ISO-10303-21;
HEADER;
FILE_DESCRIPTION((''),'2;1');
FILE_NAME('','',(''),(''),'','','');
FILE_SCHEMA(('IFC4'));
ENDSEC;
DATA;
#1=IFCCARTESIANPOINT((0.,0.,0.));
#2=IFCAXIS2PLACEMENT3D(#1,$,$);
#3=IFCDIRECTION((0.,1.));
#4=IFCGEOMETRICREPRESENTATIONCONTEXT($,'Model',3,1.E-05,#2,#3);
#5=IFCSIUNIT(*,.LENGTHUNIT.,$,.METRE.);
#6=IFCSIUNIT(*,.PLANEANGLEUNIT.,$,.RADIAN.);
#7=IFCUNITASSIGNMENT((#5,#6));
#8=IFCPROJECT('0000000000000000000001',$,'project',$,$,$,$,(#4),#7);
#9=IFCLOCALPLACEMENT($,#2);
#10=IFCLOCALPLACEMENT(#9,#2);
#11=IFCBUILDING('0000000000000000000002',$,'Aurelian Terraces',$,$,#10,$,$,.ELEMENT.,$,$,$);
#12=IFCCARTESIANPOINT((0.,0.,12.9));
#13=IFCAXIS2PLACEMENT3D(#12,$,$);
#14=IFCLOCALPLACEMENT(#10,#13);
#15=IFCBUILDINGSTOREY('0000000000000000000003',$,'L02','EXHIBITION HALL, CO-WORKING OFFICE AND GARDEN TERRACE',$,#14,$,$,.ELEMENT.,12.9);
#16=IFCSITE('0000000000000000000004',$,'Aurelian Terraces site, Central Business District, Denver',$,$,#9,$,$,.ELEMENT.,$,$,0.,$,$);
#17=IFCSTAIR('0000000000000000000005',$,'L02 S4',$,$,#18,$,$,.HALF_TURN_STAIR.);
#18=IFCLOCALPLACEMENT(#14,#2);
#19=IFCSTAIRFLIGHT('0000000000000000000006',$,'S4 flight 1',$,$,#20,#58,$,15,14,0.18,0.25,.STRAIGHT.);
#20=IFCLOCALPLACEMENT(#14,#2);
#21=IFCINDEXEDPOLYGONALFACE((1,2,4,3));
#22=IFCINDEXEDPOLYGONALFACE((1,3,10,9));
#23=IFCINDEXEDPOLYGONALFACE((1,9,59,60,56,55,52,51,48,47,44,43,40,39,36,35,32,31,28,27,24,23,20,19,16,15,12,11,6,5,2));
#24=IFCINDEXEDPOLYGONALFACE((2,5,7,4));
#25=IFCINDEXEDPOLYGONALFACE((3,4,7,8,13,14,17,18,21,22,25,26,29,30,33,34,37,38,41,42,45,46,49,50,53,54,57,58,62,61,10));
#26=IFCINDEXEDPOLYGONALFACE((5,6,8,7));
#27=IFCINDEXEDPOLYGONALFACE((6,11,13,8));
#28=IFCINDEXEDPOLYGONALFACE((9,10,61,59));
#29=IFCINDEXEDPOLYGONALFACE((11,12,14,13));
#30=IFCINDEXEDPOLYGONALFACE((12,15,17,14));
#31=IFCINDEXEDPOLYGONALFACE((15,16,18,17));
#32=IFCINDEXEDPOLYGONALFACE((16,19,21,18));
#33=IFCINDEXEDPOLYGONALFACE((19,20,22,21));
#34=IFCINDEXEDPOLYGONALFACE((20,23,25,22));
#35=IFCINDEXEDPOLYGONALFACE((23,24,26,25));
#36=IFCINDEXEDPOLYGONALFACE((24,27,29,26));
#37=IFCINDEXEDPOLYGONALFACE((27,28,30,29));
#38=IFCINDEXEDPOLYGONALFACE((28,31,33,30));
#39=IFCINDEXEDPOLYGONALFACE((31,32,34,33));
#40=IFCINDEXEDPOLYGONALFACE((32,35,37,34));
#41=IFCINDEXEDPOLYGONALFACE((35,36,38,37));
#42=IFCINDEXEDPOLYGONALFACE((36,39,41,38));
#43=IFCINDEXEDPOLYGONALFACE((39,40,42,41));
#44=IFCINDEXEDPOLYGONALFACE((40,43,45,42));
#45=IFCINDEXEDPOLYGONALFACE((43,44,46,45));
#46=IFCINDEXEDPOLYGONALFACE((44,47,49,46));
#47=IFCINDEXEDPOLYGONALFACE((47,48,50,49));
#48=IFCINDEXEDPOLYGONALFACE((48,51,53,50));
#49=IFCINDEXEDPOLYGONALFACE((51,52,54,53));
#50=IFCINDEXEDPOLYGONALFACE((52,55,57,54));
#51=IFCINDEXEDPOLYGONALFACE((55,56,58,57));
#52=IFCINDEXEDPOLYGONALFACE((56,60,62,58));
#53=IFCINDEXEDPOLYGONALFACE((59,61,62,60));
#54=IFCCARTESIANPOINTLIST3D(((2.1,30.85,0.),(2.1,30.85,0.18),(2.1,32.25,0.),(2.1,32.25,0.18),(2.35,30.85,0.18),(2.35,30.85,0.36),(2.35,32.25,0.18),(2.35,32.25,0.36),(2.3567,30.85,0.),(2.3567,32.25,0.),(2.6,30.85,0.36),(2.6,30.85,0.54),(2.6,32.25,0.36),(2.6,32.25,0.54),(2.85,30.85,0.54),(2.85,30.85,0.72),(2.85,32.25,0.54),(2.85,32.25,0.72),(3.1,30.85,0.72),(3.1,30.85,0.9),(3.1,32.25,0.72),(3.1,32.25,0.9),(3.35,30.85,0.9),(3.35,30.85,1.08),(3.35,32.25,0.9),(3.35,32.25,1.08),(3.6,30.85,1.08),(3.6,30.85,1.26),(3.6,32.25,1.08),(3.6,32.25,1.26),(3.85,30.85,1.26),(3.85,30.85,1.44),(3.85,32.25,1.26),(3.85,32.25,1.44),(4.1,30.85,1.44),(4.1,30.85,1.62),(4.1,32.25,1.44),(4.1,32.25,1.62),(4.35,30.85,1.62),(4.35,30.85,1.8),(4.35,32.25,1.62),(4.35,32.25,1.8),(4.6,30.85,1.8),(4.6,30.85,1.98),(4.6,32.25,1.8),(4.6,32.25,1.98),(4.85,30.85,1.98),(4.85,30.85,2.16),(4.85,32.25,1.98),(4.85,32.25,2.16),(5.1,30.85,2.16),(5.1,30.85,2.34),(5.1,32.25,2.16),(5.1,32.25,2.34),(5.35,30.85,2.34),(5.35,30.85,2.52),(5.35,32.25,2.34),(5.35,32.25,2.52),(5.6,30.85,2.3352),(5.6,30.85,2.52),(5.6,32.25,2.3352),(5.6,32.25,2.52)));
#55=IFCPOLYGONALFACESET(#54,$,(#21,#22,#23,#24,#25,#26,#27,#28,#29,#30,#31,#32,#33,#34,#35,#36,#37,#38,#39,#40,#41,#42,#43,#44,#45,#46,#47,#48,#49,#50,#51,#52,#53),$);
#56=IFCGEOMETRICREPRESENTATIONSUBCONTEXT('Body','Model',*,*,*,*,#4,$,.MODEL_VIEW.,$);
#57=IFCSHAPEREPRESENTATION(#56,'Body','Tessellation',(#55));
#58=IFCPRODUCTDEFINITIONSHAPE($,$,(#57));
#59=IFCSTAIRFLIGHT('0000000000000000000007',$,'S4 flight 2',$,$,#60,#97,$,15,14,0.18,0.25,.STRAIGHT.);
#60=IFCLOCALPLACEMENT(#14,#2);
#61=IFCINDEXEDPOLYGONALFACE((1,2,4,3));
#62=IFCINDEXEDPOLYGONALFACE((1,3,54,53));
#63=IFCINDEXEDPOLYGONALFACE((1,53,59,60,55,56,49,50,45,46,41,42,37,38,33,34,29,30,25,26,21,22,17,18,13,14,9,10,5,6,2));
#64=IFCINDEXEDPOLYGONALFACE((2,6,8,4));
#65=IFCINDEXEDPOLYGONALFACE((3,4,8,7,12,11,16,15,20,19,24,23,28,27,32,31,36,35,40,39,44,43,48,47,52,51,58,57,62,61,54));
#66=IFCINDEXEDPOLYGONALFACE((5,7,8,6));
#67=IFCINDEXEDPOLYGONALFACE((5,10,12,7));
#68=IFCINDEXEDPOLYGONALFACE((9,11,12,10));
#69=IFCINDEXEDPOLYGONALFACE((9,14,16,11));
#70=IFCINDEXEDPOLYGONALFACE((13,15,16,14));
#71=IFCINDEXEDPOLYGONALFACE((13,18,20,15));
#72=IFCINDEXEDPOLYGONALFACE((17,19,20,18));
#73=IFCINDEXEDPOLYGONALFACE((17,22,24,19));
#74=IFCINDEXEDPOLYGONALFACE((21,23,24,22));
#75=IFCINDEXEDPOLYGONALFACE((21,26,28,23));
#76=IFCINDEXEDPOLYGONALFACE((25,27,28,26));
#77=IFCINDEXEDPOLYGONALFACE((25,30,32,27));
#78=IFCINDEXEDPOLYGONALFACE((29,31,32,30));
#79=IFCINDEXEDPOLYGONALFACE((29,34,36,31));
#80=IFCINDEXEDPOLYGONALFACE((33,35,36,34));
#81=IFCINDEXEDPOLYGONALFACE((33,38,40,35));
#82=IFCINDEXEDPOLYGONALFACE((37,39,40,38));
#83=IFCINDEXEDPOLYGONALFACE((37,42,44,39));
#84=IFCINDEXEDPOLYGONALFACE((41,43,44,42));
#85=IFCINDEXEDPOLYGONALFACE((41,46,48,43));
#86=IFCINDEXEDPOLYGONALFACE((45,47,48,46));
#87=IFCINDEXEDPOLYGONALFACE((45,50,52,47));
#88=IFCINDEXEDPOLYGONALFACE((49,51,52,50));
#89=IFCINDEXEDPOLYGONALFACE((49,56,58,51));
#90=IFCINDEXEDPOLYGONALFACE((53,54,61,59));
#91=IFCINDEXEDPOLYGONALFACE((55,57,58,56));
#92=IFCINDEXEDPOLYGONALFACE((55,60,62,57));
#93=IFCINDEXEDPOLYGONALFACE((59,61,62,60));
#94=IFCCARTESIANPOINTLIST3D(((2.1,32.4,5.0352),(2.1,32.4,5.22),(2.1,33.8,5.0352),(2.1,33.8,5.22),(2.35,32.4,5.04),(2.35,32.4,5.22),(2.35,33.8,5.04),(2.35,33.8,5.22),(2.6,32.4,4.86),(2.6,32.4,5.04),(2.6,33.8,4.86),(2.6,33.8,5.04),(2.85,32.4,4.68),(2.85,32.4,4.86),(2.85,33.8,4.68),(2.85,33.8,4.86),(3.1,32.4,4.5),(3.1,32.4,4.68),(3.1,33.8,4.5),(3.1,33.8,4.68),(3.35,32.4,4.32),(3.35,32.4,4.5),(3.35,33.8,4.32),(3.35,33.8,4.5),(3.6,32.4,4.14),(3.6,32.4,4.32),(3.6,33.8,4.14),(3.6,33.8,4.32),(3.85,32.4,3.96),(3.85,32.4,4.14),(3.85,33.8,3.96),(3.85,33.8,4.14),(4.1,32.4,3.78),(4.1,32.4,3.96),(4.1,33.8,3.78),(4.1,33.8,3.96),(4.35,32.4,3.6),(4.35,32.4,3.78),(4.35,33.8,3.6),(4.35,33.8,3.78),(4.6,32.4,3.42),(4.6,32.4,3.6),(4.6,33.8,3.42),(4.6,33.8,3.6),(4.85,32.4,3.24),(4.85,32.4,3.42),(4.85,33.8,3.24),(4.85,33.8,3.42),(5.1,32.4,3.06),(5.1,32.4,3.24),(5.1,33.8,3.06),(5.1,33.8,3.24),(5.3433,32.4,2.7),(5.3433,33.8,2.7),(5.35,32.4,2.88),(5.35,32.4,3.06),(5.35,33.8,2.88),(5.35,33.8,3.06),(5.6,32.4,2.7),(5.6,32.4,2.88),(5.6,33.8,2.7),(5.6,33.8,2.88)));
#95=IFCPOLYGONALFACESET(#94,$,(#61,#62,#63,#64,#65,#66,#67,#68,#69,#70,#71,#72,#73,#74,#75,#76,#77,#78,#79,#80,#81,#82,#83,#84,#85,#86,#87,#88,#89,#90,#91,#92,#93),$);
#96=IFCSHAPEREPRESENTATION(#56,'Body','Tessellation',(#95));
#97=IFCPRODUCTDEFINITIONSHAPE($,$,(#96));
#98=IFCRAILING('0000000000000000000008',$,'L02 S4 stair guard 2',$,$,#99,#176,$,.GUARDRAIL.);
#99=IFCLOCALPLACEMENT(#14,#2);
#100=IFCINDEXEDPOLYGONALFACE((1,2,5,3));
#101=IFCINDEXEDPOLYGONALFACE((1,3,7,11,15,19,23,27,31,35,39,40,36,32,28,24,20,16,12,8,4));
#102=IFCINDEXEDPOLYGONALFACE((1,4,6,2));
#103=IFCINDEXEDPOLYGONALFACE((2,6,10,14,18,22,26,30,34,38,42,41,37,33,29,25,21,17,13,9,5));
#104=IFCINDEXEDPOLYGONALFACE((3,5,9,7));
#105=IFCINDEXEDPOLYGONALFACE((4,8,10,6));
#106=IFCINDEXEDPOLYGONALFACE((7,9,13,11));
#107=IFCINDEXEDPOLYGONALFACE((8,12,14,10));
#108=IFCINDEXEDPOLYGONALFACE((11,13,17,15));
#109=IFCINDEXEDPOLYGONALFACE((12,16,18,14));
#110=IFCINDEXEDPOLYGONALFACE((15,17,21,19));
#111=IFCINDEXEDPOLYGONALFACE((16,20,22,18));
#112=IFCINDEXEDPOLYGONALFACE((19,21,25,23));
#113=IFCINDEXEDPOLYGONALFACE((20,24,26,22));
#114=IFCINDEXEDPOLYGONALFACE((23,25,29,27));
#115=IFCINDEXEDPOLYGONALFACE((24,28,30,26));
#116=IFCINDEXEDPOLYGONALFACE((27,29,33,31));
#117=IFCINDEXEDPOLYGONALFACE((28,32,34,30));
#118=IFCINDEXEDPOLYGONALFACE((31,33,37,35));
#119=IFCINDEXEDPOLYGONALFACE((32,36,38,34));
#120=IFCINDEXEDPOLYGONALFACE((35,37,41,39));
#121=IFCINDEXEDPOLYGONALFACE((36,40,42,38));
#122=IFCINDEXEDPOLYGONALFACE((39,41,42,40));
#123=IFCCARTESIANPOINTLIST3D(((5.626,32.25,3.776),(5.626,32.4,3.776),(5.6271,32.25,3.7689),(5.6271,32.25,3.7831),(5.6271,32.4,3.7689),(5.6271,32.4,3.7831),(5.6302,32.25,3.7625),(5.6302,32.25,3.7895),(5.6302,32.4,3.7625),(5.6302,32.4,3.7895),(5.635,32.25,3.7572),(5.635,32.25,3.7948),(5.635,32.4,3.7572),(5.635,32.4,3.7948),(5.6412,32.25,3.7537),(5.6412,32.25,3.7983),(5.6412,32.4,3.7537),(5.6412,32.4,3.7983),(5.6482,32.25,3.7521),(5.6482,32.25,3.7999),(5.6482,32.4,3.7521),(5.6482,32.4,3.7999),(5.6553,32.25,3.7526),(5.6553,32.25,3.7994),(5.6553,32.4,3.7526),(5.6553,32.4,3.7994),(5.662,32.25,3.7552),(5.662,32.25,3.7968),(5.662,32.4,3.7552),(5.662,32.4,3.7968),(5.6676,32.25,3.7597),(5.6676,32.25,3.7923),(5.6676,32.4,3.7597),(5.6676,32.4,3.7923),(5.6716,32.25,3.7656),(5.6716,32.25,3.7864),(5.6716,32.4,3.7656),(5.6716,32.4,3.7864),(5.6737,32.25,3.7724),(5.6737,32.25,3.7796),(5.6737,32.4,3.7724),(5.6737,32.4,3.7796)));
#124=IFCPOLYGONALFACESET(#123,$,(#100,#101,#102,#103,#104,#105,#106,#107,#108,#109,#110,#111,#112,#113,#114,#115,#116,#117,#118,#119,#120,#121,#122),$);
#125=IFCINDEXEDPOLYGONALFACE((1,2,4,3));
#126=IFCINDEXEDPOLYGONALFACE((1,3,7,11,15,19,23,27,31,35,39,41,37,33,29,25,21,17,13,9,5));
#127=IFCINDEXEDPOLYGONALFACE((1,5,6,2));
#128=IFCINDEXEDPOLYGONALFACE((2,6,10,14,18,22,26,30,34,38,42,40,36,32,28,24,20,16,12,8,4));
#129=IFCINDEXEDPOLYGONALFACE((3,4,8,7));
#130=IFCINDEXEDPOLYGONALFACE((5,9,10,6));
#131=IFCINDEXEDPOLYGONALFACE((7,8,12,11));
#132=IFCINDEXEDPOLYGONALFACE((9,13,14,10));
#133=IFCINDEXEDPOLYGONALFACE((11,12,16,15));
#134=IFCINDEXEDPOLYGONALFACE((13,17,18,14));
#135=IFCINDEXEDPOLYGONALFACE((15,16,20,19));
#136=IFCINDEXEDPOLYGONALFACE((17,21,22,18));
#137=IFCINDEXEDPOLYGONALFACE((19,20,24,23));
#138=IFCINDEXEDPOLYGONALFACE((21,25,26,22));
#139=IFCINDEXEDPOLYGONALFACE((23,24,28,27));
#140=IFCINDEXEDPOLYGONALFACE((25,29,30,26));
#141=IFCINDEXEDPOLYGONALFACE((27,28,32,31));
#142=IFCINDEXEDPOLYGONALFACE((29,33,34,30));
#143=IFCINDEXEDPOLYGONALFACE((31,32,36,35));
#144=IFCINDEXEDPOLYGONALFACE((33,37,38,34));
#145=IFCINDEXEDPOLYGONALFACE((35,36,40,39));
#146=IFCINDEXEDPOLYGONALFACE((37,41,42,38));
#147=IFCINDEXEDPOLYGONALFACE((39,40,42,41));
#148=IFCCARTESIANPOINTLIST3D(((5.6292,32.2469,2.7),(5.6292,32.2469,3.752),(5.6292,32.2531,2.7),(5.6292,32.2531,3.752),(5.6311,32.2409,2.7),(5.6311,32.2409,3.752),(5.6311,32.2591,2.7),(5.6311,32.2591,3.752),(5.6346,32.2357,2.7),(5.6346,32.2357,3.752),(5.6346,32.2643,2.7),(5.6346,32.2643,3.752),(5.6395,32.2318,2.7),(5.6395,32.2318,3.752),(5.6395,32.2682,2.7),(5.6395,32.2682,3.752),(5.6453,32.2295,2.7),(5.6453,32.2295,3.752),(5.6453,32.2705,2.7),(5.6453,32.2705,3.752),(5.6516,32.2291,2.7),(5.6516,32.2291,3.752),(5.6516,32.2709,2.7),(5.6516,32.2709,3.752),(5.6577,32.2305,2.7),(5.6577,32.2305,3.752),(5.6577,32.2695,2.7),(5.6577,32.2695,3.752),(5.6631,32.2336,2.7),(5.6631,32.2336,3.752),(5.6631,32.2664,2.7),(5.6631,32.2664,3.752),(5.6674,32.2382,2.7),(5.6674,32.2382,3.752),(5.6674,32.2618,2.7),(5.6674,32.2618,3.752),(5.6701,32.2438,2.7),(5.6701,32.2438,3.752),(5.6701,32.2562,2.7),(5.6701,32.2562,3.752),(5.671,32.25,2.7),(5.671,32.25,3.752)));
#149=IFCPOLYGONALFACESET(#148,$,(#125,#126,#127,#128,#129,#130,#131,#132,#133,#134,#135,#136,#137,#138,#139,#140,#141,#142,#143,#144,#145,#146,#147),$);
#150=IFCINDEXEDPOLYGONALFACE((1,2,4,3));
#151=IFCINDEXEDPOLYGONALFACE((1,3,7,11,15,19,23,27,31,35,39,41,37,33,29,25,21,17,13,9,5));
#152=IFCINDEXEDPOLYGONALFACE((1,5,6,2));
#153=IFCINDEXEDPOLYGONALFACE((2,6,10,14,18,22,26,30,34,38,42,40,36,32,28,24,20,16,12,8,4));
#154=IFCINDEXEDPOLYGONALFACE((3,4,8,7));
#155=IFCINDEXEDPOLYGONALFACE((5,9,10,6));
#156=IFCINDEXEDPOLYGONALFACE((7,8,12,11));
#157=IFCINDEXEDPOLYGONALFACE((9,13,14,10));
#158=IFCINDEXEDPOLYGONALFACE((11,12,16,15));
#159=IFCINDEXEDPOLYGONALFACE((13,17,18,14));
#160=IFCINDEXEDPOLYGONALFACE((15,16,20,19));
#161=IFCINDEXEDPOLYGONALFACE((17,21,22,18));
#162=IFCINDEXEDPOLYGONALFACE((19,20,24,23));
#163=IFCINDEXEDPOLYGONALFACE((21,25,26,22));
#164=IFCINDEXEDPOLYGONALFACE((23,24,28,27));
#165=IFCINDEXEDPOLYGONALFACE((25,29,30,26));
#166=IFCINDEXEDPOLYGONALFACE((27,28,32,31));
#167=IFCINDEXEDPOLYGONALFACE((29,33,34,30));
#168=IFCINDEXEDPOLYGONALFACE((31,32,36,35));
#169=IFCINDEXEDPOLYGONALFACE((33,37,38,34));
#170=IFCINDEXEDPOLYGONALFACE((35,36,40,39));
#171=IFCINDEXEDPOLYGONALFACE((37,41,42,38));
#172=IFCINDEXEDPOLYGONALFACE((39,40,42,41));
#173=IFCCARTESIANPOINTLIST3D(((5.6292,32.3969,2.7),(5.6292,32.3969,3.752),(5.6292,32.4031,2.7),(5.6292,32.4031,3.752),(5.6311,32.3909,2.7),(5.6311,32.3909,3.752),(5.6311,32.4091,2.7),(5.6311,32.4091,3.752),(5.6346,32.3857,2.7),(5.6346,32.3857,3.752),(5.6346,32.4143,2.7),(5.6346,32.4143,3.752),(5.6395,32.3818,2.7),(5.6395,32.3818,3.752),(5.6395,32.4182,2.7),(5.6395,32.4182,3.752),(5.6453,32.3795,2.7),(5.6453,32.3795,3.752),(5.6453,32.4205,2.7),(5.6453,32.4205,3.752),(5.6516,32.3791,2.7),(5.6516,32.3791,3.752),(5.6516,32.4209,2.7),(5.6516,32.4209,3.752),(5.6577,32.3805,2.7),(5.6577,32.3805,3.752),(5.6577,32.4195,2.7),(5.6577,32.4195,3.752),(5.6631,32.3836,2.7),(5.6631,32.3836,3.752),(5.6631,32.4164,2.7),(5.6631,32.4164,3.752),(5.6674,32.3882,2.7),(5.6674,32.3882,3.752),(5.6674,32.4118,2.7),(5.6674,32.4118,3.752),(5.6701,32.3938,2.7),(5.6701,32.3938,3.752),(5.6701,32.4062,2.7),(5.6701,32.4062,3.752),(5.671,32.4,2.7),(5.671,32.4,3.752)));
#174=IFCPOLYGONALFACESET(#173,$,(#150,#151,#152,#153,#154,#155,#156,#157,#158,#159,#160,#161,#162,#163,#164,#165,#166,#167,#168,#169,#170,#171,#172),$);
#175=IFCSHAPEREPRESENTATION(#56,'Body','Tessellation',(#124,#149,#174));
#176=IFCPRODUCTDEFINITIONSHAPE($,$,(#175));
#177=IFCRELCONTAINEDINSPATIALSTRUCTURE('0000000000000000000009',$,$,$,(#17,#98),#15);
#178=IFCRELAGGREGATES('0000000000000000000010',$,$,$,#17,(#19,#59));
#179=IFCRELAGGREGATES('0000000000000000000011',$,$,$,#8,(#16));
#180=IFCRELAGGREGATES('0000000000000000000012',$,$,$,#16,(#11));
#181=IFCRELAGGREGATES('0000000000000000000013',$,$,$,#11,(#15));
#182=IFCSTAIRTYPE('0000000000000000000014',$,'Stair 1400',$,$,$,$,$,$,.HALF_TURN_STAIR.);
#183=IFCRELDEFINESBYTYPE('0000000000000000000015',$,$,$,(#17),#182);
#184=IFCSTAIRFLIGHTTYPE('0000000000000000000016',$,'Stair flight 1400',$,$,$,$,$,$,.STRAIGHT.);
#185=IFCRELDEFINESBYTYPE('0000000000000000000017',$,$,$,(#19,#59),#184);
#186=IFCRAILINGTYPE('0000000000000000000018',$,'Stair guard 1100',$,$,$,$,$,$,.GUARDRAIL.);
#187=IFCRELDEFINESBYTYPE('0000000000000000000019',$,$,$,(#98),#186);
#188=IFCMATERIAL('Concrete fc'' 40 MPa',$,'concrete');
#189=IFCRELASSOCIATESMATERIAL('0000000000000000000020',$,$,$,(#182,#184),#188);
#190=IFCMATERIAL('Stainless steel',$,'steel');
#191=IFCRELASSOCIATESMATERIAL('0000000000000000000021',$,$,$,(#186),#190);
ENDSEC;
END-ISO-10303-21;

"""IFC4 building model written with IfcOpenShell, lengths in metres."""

from ifc_helpers import new_model, si_unit, direction, frame, origin, origin_2d, place, context, subcontext, project, spatial, polyline, circle, outline, extrude, source, transform, mapped, material, type_object, element, aggregate, save


model = new_model("IFC4")

# Units and contexts
model_context = context("Model", 3, precision=1e-05, world=origin(), true_north=direction((0.0, 1.0)))
body_context = subcontext(model_context, "Body", "Model", "MODEL_VIEW")
ifc_project = project(units=[si_unit("LENGTHUNIT", "METRE"), si_unit("PLANEANGLEUNIT", "RADIAN")], contexts=[model_context])

# Site, building, storey
site_placement = place(None, origin())
site = spatial("IfcSite", under=ifc_project, at=site_placement, Name="Aurelian Terraces site, Central Business District, Denver", CompositionType="ELEMENT", RefElevation=0.0)
building_placement = place(site_placement, origin())
building = spatial("IfcBuilding", under=site, at=building_placement, Name="Aurelian Terraces", CompositionType="ELEMENT")
storey_placement = place(building_placement, frame((0.0, 0.0, 12.9)))
storey = spatial("IfcBuildingStorey", under=building, at=storey_placement, Name="L02", Description="EXHIBITION HALL, CO-WORKING OFFICE AND GARDEN TERRACE", CompositionType="ELEMENT", Elevation=12.9)

# Shared definitions
ifc_material_1 = material(Name="Concrete fc' 40 MPa", Category="concrete")

# Shared definitions
stair_type = type_object("IfcStairType", Name="Stair 1400", PredefinedType="HALF_TURN_STAIR", material=ifc_material_1)
stair_flight_type = type_object("IfcStairFlightType", Name="Stair flight 1400", PredefinedType="STRAIGHT", material=ifc_material_1)
shared_shape_1 = source(origin(), body_context, "Body", "SweptSolid", [
    extrude(outline(polyline([(0.0, 0.0), (0.0, 0.18), (0.25, 0.18), (0.25, 0.36), (0.5, 0.36), (0.5, 0.54), (0.75, 0.54), (0.75, 0.72), (1.0, 0.72), (1.0, 0.9), (1.25, 0.9), (1.25, 1.08), (1.5, 1.08), (1.5, 1.26), (1.75, 1.26), (1.75, 1.44), (2.0, 1.44), (2.0, 1.62), (2.25, 1.62), (2.25, 1.8), (2.5, 1.8), (2.5, 1.98), (2.75, 1.98), (2.75, 2.16), (3.0, 2.16), (3.0, 2.34), (3.25, 2.34), (3.25, 2.52), (3.5, 2.52), (3.5, 2.7), (3.5, 2.3352), (0.2567, 0.0), (0.0, 0.0)])), frame((0.0, 0.7, 0.0), z_axis=(0.0, -1.0, 0.0), x_axis=(1.0, 0.0, 0.0)), (0.0, 0.0, 1.0), 1.4),
])

# Stair, stair flights
stair_1_placement = place(storey_placement, origin())
stair_1 = element("IfcStair", 1, at=stair_1_placement, inside=storey, type_object=stair_type, Name="L02 S4", PredefinedType="HALF_TURN_STAIR")
stair_flight_1_placement = place(storey_placement, frame((2.1, 31.55, 0.0), z_axis=(0.0, 0.0, 1.0), x_axis=(1.0, 0.0, 0.0)))
stair_flight_1 = element("IfcStairFlight", 2, at=stair_flight_1_placement, type_object=stair_flight_type, Name="S4 flight 1", NumberOfRisers=15, NumberOfTreads=14, PredefinedType="STRAIGHT", RiserHeight=0.18, TreadLength=0.25, context=body_context, shape_type="MappedRepresentation", body=[
    mapped(shared_shape_1, transform((0.0, 0.0, 0.0), scale=1.0)),
])
stair_flight_2_placement = place(storey_placement, frame((5.6, 33.1, 2.7), z_axis=(0.0, 0.0, 1.0), x_axis=(-1.0, 0.0, 0.0)))
stair_flight_2 = element("IfcStairFlight", 3, at=stair_flight_2_placement, type_object=stair_flight_type, Name="S4 flight 2", NumberOfRisers=15, NumberOfTreads=14, PredefinedType="STRAIGHT", RiserHeight=0.18, TreadLength=0.25, context=body_context, shape_type="MappedRepresentation", body=[
    mapped(shared_shape_1, transform((0.0, 0.0, 0.0), scale=1.0)),
])
aggregate(stair_1, [stair_flight_1, stair_flight_2])

# Railing
ifc_material_2 = material(Name="Stainless steel", Category="steel")
railing_type_1 = type_object("IfcRailingType", Name="Stair guard 1100", PredefinedType="GUARDRAIL", material=ifc_material_2)
shared_shape_2 = source(origin(), body_context, "Body", "SweptSolid", [
    extrude(circle(Radius=0.024, at=origin_2d()), frame((0.0, 0.0, 1.076), z_axis=(0.0, 1.0, 0.0), x_axis=(-1.0, 0.0, 0.0)), (0.0, 0.0, 1.0), 0.15),
    extrude(circle(Radius=0.021, at=origin_2d()), origin(), (0.0, 0.0, 1.0), 1.052),
    extrude(circle(Radius=0.021, at=origin_2d()), frame((0.0, 0.15, 0.0)), (0.0, 0.0, 1.0), 1.052),
])
for number, where, name in (
    (4, (5.65, 32.25, 2.7), "L02 S4 stair guard 2"),
):
    element("IfcRailing", number, at=place(storey_placement, frame(where)), inside=storey, type_object=railing_type_1, Name=name, PredefinedType="GUARDRAIL", context=body_context, shape_type="MappedRepresentation", body=[
        mapped(shared_shape_2, transform((0.0, 0.0, 0.0), scale=1.0)),
    ])

save(model, "model.ifc")
